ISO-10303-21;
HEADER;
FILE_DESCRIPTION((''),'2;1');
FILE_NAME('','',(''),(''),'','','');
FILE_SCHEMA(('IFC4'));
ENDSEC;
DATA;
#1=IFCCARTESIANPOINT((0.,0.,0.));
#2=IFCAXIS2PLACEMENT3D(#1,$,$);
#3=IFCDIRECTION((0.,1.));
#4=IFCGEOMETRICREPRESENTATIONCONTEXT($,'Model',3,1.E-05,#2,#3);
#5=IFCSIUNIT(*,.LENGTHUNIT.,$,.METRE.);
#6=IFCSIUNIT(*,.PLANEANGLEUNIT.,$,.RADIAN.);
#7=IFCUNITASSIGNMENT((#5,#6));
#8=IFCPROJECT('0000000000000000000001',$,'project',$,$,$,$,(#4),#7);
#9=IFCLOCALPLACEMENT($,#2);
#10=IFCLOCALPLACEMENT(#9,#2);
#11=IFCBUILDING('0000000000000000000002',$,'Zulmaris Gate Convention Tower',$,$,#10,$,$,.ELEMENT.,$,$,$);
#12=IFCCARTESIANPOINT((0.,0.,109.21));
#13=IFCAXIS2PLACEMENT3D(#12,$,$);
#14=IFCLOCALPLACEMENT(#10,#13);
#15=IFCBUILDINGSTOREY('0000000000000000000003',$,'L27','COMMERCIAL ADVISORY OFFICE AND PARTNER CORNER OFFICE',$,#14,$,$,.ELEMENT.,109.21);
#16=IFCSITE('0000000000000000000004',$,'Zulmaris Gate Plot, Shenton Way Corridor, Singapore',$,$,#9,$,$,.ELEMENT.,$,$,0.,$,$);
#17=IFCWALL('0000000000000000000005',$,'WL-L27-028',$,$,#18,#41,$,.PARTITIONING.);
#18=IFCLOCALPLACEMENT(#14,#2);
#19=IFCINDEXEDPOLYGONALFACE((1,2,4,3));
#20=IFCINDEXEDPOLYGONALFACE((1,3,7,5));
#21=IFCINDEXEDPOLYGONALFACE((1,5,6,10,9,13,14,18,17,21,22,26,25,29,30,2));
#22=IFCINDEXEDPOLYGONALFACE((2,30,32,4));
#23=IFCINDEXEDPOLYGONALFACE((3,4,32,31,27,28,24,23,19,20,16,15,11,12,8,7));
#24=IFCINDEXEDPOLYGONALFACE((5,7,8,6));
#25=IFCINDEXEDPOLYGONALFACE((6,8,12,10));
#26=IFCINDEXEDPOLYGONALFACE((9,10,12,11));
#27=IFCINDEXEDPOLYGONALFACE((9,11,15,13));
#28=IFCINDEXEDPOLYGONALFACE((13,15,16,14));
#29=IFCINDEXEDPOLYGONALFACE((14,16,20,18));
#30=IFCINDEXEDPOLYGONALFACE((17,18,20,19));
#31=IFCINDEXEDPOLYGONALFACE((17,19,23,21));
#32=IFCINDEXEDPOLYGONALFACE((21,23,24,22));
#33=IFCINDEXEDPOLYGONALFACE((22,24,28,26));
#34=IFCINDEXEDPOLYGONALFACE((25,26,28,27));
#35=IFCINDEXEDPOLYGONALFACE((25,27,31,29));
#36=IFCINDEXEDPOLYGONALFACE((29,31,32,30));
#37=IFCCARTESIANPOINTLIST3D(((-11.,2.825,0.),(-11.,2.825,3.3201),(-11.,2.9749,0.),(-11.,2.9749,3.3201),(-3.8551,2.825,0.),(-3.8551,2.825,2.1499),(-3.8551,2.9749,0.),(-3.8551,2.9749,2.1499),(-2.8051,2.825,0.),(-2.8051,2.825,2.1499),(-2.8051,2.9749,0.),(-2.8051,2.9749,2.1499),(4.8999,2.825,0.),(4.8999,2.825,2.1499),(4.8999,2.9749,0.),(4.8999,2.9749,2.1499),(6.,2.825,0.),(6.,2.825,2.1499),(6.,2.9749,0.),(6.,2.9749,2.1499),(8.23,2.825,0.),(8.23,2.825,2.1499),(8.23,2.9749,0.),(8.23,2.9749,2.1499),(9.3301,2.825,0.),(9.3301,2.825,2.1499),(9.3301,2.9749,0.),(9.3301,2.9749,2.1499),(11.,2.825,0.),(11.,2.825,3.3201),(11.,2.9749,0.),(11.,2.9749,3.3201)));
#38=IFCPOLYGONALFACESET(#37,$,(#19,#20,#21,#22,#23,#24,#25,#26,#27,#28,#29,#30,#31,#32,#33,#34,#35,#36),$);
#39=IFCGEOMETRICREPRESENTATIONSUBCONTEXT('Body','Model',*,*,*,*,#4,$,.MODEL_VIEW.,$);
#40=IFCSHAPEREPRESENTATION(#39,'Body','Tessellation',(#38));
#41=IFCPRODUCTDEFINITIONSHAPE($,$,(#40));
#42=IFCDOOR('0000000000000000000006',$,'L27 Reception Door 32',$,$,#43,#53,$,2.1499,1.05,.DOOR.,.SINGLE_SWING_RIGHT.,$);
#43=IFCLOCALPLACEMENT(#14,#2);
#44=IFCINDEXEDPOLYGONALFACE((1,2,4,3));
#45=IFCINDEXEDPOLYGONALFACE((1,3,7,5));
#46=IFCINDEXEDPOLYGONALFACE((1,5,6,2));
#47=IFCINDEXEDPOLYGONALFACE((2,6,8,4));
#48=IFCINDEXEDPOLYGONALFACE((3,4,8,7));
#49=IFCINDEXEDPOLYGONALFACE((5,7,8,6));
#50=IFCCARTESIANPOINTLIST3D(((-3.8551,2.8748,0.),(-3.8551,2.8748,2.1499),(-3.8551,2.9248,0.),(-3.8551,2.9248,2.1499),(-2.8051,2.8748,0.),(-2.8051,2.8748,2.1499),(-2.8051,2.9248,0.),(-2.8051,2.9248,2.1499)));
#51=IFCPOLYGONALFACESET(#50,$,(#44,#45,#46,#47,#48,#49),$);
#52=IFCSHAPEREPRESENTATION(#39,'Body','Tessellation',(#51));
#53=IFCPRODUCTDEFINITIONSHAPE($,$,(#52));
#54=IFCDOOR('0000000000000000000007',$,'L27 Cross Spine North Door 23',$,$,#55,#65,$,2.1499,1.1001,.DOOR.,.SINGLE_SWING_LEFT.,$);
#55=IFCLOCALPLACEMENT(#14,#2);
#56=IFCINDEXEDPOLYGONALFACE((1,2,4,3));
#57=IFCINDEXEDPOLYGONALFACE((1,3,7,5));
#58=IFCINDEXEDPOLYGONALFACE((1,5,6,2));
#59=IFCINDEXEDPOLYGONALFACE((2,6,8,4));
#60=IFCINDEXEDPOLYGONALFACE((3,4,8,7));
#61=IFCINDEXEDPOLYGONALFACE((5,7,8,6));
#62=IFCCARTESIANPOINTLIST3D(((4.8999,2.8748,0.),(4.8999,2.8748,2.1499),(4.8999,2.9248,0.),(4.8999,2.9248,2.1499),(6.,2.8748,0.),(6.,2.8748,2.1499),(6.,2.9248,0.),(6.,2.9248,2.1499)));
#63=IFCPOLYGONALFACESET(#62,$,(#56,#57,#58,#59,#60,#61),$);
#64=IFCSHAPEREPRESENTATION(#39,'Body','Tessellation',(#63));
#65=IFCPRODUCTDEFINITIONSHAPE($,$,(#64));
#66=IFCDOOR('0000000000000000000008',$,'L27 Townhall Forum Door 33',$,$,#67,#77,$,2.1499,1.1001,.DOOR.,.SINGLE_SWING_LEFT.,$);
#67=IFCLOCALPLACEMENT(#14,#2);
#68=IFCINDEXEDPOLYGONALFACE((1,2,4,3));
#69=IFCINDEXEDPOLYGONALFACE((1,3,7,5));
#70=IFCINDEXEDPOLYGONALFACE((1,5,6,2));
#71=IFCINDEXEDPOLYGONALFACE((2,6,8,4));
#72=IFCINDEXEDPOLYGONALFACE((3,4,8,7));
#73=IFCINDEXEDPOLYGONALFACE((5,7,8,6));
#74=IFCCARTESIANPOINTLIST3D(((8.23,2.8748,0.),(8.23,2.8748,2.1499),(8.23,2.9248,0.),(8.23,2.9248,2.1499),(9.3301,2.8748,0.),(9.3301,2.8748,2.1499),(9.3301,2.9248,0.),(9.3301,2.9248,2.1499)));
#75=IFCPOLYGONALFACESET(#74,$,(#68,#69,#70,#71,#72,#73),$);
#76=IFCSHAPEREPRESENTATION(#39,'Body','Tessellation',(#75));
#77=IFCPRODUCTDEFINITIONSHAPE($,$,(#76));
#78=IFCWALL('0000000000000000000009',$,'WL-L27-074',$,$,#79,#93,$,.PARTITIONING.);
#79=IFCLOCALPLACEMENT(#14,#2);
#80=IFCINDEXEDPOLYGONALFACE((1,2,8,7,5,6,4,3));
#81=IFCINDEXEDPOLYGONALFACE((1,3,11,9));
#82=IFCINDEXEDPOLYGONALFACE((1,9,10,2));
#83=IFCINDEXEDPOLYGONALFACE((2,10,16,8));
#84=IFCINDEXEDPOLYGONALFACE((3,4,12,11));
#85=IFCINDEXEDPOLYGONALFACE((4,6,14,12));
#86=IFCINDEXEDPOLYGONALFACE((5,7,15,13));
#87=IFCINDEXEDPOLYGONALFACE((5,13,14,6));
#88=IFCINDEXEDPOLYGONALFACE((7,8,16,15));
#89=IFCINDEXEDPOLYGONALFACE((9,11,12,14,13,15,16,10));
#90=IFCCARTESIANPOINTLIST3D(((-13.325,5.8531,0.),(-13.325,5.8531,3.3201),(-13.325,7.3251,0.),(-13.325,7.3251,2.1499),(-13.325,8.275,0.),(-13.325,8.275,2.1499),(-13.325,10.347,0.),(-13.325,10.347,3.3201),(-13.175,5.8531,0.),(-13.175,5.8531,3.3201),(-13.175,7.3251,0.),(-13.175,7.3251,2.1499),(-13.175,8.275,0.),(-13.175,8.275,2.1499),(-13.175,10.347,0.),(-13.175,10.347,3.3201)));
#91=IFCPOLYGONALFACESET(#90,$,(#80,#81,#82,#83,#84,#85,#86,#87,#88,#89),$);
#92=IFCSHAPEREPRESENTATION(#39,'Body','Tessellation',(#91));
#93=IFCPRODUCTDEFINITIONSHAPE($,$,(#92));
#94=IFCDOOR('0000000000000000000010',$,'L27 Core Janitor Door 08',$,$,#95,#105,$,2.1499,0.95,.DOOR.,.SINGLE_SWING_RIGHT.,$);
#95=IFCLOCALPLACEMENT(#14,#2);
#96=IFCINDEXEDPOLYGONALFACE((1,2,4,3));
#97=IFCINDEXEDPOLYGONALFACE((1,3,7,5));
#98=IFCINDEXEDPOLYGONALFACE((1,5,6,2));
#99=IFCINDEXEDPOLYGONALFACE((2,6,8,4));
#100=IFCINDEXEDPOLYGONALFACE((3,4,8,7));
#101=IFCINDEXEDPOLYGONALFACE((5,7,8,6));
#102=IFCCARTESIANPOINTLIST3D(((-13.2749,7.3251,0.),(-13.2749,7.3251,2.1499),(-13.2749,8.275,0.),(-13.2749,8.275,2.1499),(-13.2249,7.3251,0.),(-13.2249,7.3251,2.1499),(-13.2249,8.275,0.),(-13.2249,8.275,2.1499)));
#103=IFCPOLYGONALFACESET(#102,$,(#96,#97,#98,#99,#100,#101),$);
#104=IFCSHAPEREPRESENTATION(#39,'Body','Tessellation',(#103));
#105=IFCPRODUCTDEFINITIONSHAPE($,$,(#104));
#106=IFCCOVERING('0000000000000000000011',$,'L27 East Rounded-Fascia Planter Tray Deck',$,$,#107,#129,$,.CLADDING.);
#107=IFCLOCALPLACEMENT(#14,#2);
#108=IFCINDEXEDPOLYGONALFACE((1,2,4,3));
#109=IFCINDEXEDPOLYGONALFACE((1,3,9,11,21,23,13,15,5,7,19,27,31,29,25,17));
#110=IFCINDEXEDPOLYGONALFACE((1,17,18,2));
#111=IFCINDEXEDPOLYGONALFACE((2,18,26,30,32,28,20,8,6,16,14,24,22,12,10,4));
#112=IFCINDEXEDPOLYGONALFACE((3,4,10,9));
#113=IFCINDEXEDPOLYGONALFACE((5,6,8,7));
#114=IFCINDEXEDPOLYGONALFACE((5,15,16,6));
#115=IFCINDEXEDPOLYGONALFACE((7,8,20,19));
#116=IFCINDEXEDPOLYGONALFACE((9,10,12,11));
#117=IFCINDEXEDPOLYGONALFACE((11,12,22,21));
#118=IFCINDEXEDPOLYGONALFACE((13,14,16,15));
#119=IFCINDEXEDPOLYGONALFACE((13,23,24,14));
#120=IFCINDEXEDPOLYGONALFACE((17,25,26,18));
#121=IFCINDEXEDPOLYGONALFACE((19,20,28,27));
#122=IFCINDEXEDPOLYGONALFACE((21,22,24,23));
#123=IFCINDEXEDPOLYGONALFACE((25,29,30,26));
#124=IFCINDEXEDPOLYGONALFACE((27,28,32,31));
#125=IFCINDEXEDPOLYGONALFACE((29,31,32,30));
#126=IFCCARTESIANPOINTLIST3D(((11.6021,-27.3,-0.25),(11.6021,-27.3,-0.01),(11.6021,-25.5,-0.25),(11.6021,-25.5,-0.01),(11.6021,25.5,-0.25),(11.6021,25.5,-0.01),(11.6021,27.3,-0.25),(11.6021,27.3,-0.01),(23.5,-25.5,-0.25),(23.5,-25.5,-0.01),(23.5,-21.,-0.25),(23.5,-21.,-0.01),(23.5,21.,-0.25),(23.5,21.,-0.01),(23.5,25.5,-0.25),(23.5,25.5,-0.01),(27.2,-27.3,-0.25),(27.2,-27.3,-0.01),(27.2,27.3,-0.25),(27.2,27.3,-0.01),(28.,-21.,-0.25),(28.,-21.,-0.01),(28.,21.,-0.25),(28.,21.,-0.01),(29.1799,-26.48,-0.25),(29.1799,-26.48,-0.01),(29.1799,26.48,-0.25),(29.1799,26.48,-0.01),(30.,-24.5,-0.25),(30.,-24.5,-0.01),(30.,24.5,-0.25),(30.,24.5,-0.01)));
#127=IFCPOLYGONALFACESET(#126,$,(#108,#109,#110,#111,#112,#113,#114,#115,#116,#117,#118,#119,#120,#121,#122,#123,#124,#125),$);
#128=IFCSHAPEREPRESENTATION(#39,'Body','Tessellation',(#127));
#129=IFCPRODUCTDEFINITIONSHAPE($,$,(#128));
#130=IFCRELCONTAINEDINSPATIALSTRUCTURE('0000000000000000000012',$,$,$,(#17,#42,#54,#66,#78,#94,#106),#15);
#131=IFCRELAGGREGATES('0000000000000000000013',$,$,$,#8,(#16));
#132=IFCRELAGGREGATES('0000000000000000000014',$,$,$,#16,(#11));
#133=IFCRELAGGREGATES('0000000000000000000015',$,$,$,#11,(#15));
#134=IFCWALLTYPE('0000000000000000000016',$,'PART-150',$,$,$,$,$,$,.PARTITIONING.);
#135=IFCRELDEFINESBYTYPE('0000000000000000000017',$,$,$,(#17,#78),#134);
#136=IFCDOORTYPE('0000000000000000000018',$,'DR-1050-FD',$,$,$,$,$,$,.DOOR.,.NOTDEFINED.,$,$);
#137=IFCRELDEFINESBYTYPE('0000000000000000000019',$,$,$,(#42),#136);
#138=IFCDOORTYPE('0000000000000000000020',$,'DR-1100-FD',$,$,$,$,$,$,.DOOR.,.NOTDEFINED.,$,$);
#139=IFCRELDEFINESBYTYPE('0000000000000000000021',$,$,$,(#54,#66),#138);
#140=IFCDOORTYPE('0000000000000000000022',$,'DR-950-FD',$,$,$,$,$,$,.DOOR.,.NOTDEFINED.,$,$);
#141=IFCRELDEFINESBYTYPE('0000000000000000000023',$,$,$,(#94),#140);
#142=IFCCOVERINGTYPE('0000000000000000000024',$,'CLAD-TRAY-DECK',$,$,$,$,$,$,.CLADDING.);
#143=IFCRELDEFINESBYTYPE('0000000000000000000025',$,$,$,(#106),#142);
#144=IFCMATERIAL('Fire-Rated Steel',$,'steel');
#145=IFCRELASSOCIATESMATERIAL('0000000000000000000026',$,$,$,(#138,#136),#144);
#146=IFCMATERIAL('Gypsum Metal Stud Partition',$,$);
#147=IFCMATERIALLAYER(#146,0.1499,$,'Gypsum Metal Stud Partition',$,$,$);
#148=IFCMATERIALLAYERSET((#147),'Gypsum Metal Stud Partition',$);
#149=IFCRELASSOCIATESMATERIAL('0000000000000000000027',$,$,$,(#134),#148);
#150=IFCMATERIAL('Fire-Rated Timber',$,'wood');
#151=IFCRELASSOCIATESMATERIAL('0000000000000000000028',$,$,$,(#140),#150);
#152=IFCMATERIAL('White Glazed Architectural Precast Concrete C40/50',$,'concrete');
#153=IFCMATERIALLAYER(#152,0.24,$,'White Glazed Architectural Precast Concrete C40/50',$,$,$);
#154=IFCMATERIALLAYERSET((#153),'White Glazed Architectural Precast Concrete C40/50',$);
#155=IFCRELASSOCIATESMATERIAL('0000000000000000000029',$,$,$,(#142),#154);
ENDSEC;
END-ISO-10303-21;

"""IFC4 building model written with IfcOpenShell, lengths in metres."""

from ifc_helpers import new_model, si_unit, direction, frame, frame_2d, origin, place, context, subcontext, project, spatial, polyline, rectangle, outline, extrude, material, layer, layer_set, type_object, element, fill, save


model = new_model("IFC4")

# Units and contexts
model_context = context("Model", 3, precision=1e-05, world=origin(), true_north=direction((0.0, 1.0)))
body_context = subcontext(model_context, "Body", "Model", "MODEL_VIEW")
ifc_project = project(units=[si_unit("LENGTHUNIT", "METRE"), si_unit("PLANEANGLEUNIT", "RADIAN")], contexts=[model_context])

# Site, building, storey
site_placement = place(None, origin())
site = spatial("IfcSite", under=ifc_project, at=site_placement, Name="Zulmaris Gate Plot, Shenton Way Corridor, Singapore", CompositionType="ELEMENT", RefElevation=0.0)
building_placement = place(site_placement, origin())
building = spatial("IfcBuilding", under=site, at=building_placement, Name="Zulmaris Gate Convention Tower", CompositionType="ELEMENT")
storey_placement = place(building_placement, frame((0.0, 0.0, 109.21)))
storey = spatial("IfcBuildingStorey", under=building, at=storey_placement, Name="L27", Description="COMMERCIAL ADVISORY OFFICE AND PARTNER CORNER OFFICE", CompositionType="ELEMENT", Elevation=109.21)

# Shared definitions
ifc_material_1 = material(Name="Fire-Rated Steel", Category="steel")
door_type_1 = type_object("IfcDoorType", Name="DR-1100-FD", OperationType="NOTDEFINED", PredefinedType="DOOR", material=ifc_material_1)

# Wall, openings, doors
ifc_material_2 = material(Name="Gypsum Metal Stud Partition")
ifc_layer_1 = layer(ifc_material_2, 0.1499, Name="Gypsum Metal Stud Partition")
ifc_layer_set_1 = layer_set([ifc_layer_1], Name="Gypsum Metal Stud Partition")
wall_type_1 = type_object("IfcWallType", Name="PART-150", PredefinedType="PARTITIONING", material=ifc_layer_set_1)
wall_1_placement = place(storey_placement, frame((-11.0, 2.8999, 0.0), z_axis=(0.0, 0.0, 1.0), x_axis=(1.0, 0.0, 0.0)))
wall_1 = element("IfcWall", 1, at=wall_1_placement, inside=storey, type_object=wall_type_1, Name="WL-L27-028", PredefinedType="PARTITIONING", context=body_context, shape_type="SweptSolid", body=[
    extrude(rectangle(XDim=22.0, YDim=0.1499, at=frame_2d((11.0, 0.0))), origin(), (0.0, 0.0, 1.0), 3.3201),
])
opening_1_placement = place(wall_1_placement, frame((15.8999, 0.0, 0.0)))
opening_1 = element("IfcOpeningElement", 2, at=opening_1_placement, cuts=wall_1, PredefinedType="OPENING", context=body_context, shape_type="SweptSolid", body=[
    extrude(rectangle(XDim=1.1001, YDim=2.1499, at=frame_2d((0.55, 1.075))), frame((0.0, 0.085, 0.0), z_axis=(0.0, -1.0, 0.0), x_axis=(1.0, 0.0, 0.0)), (0.0, 0.0, 1.0), 0.1699),
])
opening_2_placement = place(wall_1_placement, frame((7.145, 0.0, 0.0)))
opening_2 = element("IfcOpeningElement", 3, at=opening_2_placement, cuts=wall_1, PredefinedType="OPENING", context=body_context, shape_type="SweptSolid", body=[
    extrude(rectangle(XDim=1.05, YDim=2.1499, at=frame_2d((0.5249, 1.075))), frame((0.0, 0.085, 0.0), z_axis=(0.0, -1.0, 0.0), x_axis=(1.0, 0.0, 0.0)), (0.0, 0.0, 1.0), 0.1699),
])
opening_3_placement = place(wall_1_placement, frame((19.23, 0.0, 0.0)))
opening_3 = element("IfcOpeningElement", 4, at=opening_3_placement, cuts=wall_1, PredefinedType="OPENING", context=body_context, shape_type="SweptSolid", body=[
    extrude(rectangle(XDim=1.1001, YDim=2.1499, at=frame_2d((0.55, 1.075))), frame((0.0, 0.085, 0.0), z_axis=(0.0, -1.0, 0.0), x_axis=(1.0, 0.0, 0.0)), (0.0, 0.0, 1.0), 0.1699),
])
door_type_2 = type_object("IfcDoorType", Name="DR-1050-FD", OperationType="NOTDEFINED", PredefinedType="DOOR", material=ifc_material_1)
door_1_placement = place(opening_2_placement, origin())
door_1 = element("IfcDoor", 5, at=door_1_placement, inside=storey, type_object=door_type_2, Name="L27 Reception Door 32", OperationType="SINGLE_SWING_RIGHT", OverallHeight=2.1499, OverallWidth=1.05, PredefinedType="DOOR", context=body_context, shape_type="SweptSolid", body=[
    extrude(rectangle(XDim=1.05, YDim=2.1499, at=frame_2d((0.5249, 1.075))), frame((0.0, 0.0249, 0.0), z_axis=(0.0, -1.0, 0.0), x_axis=(1.0, 0.0, 0.0)), (0.0, 0.0, 1.0), 0.05),
])
fill(opening_2, door_1)
door_2_placement = place(opening_1_placement, origin())
door_2 = element("IfcDoor", 6, at=door_2_placement, inside=storey, type_object=door_type_1, Name="L27 Cross Spine North Door 23", OperationType="SINGLE_SWING_LEFT", OverallHeight=2.1499, OverallWidth=1.1001, PredefinedType="DOOR", context=body_context, shape_type="SweptSolid", body=[
    extrude(rectangle(XDim=1.1001, YDim=2.1499, at=frame_2d((0.55, 1.075))), frame((0.0, 0.0249, 0.0), z_axis=(0.0, -1.0, 0.0), x_axis=(1.0, 0.0, 0.0)), (0.0, 0.0, 1.0), 0.05),
])
fill(opening_1, door_2)
door_3_placement = place(opening_3_placement, origin())
door_3 = element("IfcDoor", 7, at=door_3_placement, inside=storey, type_object=door_type_1, Name="L27 Townhall Forum Door 33", OperationType="SINGLE_SWING_LEFT", OverallHeight=2.1499, OverallWidth=1.1001, PredefinedType="DOOR", context=body_context, shape_type="SweptSolid", body=[
    extrude(rectangle(XDim=1.1001, YDim=2.1499, at=frame_2d((0.55, 1.075))), frame((0.0, 0.0249, 0.0), z_axis=(0.0, -1.0, 0.0), x_axis=(1.0, 0.0, 0.0)), (0.0, 0.0, 1.0), 0.05),
])
fill(opening_3, door_3)

# Wall, opening, door
wall_2_placement = place(storey_placement, frame((-13.25, 5.853, 0.0), z_axis=(0.0, 0.0, 1.0), x_axis=(0.0, 1.0, 0.0)))
wall_2 = element("IfcWall", 8, at=wall_2_placement, inside=storey, type_object=wall_type_1, Name="WL-L27-074", PredefinedType="PARTITIONING", context=body_context, shape_type="SweptSolid", body=[
    extrude(rectangle(XDim=4.4939, YDim=0.1499, at=frame_2d((2.2471, 0.0))), origin(), (0.0, 0.0, 1.0), 3.3201),
])
opening_4_placement = place(wall_2_placement, frame((1.4719, 0.0, 0.0)))
opening_4 = element("IfcOpeningElement", 9, at=opening_4_placement, cuts=wall_2, PredefinedType="OPENING", context=body_context, shape_type="SweptSolid", body=[
    extrude(rectangle(XDim=0.95, YDim=2.1499, at=frame_2d((0.4751, 1.075))), frame((0.0, 0.085, 0.0), z_axis=(0.0, -1.0, 0.0), x_axis=(1.0, 0.0, 0.0)), (0.0, 0.0, 1.0), 0.1699),
])
ifc_material_3 = material(Name="Fire-Rated Timber", Category="wood")
door_type_3 = type_object("IfcDoorType", Name="DR-950-FD", OperationType="NOTDEFINED", PredefinedType="DOOR", material=ifc_material_3)
door_4_placement = place(opening_4_placement, origin())
door_4 = element("IfcDoor", 10, at=door_4_placement, inside=storey, type_object=door_type_3, Name="L27 Core Janitor Door 08", OperationType="SINGLE_SWING_RIGHT", OverallHeight=2.1499, OverallWidth=0.95, PredefinedType="DOOR", context=body_context, shape_type="SweptSolid", body=[
    extrude(rectangle(XDim=0.95, YDim=2.1499, at=frame_2d((0.4751, 1.075))), frame((0.0, 0.0249, 0.0), z_axis=(0.0, -1.0, 0.0), x_axis=(1.0, 0.0, 0.0)), (0.0, 0.0, 1.0), 0.05),
])
fill(opening_4, door_4)

# Covering
ifc_material_4 = material(Name="White Glazed Architectural Precast Concrete C40/50", Category="concrete")
ifc_layer_2 = layer(ifc_material_4, 0.24, Name="White Glazed Architectural Precast Concrete C40/50")
ifc_layer_set_2 = layer_set([ifc_layer_2], Name="White Glazed Architectural Precast Concrete C40/50")
covering_type = type_object("IfcCoveringType", Name="CLAD-TRAY-DECK", PredefinedType="CLADDING", material=ifc_layer_set_2)
covering_placement = place(storey_placement, frame((0.0, 0.0, -0.25)))
element("IfcCovering", 11, at=covering_placement, inside=storey, type_object=covering_type, Name="L27 East Rounded-Fascia Planter Tray Deck", PredefinedType="CLADDING", context=body_context, shape_type="SweptSolid", body=[
    extrude(outline(polyline([(27.2, 27.3), (29.1799, 26.48), (30.0, 24.5), (30.0, -24.5), (29.1799, -26.48), (27.2, -27.3), (11.6021, -27.3), (11.6021, -25.5), (23.5, -25.5), (23.5, -21.0), (28.0, -21.0), (28.0, 21.0), (23.5, 21.0), (23.5, 25.5), (11.6021, 25.5), (11.6021, 27.3), (27.2, 27.3)])), origin(), (0.0, 0.0, 1.0), 0.24),
])

save(model, "model.ifc")
